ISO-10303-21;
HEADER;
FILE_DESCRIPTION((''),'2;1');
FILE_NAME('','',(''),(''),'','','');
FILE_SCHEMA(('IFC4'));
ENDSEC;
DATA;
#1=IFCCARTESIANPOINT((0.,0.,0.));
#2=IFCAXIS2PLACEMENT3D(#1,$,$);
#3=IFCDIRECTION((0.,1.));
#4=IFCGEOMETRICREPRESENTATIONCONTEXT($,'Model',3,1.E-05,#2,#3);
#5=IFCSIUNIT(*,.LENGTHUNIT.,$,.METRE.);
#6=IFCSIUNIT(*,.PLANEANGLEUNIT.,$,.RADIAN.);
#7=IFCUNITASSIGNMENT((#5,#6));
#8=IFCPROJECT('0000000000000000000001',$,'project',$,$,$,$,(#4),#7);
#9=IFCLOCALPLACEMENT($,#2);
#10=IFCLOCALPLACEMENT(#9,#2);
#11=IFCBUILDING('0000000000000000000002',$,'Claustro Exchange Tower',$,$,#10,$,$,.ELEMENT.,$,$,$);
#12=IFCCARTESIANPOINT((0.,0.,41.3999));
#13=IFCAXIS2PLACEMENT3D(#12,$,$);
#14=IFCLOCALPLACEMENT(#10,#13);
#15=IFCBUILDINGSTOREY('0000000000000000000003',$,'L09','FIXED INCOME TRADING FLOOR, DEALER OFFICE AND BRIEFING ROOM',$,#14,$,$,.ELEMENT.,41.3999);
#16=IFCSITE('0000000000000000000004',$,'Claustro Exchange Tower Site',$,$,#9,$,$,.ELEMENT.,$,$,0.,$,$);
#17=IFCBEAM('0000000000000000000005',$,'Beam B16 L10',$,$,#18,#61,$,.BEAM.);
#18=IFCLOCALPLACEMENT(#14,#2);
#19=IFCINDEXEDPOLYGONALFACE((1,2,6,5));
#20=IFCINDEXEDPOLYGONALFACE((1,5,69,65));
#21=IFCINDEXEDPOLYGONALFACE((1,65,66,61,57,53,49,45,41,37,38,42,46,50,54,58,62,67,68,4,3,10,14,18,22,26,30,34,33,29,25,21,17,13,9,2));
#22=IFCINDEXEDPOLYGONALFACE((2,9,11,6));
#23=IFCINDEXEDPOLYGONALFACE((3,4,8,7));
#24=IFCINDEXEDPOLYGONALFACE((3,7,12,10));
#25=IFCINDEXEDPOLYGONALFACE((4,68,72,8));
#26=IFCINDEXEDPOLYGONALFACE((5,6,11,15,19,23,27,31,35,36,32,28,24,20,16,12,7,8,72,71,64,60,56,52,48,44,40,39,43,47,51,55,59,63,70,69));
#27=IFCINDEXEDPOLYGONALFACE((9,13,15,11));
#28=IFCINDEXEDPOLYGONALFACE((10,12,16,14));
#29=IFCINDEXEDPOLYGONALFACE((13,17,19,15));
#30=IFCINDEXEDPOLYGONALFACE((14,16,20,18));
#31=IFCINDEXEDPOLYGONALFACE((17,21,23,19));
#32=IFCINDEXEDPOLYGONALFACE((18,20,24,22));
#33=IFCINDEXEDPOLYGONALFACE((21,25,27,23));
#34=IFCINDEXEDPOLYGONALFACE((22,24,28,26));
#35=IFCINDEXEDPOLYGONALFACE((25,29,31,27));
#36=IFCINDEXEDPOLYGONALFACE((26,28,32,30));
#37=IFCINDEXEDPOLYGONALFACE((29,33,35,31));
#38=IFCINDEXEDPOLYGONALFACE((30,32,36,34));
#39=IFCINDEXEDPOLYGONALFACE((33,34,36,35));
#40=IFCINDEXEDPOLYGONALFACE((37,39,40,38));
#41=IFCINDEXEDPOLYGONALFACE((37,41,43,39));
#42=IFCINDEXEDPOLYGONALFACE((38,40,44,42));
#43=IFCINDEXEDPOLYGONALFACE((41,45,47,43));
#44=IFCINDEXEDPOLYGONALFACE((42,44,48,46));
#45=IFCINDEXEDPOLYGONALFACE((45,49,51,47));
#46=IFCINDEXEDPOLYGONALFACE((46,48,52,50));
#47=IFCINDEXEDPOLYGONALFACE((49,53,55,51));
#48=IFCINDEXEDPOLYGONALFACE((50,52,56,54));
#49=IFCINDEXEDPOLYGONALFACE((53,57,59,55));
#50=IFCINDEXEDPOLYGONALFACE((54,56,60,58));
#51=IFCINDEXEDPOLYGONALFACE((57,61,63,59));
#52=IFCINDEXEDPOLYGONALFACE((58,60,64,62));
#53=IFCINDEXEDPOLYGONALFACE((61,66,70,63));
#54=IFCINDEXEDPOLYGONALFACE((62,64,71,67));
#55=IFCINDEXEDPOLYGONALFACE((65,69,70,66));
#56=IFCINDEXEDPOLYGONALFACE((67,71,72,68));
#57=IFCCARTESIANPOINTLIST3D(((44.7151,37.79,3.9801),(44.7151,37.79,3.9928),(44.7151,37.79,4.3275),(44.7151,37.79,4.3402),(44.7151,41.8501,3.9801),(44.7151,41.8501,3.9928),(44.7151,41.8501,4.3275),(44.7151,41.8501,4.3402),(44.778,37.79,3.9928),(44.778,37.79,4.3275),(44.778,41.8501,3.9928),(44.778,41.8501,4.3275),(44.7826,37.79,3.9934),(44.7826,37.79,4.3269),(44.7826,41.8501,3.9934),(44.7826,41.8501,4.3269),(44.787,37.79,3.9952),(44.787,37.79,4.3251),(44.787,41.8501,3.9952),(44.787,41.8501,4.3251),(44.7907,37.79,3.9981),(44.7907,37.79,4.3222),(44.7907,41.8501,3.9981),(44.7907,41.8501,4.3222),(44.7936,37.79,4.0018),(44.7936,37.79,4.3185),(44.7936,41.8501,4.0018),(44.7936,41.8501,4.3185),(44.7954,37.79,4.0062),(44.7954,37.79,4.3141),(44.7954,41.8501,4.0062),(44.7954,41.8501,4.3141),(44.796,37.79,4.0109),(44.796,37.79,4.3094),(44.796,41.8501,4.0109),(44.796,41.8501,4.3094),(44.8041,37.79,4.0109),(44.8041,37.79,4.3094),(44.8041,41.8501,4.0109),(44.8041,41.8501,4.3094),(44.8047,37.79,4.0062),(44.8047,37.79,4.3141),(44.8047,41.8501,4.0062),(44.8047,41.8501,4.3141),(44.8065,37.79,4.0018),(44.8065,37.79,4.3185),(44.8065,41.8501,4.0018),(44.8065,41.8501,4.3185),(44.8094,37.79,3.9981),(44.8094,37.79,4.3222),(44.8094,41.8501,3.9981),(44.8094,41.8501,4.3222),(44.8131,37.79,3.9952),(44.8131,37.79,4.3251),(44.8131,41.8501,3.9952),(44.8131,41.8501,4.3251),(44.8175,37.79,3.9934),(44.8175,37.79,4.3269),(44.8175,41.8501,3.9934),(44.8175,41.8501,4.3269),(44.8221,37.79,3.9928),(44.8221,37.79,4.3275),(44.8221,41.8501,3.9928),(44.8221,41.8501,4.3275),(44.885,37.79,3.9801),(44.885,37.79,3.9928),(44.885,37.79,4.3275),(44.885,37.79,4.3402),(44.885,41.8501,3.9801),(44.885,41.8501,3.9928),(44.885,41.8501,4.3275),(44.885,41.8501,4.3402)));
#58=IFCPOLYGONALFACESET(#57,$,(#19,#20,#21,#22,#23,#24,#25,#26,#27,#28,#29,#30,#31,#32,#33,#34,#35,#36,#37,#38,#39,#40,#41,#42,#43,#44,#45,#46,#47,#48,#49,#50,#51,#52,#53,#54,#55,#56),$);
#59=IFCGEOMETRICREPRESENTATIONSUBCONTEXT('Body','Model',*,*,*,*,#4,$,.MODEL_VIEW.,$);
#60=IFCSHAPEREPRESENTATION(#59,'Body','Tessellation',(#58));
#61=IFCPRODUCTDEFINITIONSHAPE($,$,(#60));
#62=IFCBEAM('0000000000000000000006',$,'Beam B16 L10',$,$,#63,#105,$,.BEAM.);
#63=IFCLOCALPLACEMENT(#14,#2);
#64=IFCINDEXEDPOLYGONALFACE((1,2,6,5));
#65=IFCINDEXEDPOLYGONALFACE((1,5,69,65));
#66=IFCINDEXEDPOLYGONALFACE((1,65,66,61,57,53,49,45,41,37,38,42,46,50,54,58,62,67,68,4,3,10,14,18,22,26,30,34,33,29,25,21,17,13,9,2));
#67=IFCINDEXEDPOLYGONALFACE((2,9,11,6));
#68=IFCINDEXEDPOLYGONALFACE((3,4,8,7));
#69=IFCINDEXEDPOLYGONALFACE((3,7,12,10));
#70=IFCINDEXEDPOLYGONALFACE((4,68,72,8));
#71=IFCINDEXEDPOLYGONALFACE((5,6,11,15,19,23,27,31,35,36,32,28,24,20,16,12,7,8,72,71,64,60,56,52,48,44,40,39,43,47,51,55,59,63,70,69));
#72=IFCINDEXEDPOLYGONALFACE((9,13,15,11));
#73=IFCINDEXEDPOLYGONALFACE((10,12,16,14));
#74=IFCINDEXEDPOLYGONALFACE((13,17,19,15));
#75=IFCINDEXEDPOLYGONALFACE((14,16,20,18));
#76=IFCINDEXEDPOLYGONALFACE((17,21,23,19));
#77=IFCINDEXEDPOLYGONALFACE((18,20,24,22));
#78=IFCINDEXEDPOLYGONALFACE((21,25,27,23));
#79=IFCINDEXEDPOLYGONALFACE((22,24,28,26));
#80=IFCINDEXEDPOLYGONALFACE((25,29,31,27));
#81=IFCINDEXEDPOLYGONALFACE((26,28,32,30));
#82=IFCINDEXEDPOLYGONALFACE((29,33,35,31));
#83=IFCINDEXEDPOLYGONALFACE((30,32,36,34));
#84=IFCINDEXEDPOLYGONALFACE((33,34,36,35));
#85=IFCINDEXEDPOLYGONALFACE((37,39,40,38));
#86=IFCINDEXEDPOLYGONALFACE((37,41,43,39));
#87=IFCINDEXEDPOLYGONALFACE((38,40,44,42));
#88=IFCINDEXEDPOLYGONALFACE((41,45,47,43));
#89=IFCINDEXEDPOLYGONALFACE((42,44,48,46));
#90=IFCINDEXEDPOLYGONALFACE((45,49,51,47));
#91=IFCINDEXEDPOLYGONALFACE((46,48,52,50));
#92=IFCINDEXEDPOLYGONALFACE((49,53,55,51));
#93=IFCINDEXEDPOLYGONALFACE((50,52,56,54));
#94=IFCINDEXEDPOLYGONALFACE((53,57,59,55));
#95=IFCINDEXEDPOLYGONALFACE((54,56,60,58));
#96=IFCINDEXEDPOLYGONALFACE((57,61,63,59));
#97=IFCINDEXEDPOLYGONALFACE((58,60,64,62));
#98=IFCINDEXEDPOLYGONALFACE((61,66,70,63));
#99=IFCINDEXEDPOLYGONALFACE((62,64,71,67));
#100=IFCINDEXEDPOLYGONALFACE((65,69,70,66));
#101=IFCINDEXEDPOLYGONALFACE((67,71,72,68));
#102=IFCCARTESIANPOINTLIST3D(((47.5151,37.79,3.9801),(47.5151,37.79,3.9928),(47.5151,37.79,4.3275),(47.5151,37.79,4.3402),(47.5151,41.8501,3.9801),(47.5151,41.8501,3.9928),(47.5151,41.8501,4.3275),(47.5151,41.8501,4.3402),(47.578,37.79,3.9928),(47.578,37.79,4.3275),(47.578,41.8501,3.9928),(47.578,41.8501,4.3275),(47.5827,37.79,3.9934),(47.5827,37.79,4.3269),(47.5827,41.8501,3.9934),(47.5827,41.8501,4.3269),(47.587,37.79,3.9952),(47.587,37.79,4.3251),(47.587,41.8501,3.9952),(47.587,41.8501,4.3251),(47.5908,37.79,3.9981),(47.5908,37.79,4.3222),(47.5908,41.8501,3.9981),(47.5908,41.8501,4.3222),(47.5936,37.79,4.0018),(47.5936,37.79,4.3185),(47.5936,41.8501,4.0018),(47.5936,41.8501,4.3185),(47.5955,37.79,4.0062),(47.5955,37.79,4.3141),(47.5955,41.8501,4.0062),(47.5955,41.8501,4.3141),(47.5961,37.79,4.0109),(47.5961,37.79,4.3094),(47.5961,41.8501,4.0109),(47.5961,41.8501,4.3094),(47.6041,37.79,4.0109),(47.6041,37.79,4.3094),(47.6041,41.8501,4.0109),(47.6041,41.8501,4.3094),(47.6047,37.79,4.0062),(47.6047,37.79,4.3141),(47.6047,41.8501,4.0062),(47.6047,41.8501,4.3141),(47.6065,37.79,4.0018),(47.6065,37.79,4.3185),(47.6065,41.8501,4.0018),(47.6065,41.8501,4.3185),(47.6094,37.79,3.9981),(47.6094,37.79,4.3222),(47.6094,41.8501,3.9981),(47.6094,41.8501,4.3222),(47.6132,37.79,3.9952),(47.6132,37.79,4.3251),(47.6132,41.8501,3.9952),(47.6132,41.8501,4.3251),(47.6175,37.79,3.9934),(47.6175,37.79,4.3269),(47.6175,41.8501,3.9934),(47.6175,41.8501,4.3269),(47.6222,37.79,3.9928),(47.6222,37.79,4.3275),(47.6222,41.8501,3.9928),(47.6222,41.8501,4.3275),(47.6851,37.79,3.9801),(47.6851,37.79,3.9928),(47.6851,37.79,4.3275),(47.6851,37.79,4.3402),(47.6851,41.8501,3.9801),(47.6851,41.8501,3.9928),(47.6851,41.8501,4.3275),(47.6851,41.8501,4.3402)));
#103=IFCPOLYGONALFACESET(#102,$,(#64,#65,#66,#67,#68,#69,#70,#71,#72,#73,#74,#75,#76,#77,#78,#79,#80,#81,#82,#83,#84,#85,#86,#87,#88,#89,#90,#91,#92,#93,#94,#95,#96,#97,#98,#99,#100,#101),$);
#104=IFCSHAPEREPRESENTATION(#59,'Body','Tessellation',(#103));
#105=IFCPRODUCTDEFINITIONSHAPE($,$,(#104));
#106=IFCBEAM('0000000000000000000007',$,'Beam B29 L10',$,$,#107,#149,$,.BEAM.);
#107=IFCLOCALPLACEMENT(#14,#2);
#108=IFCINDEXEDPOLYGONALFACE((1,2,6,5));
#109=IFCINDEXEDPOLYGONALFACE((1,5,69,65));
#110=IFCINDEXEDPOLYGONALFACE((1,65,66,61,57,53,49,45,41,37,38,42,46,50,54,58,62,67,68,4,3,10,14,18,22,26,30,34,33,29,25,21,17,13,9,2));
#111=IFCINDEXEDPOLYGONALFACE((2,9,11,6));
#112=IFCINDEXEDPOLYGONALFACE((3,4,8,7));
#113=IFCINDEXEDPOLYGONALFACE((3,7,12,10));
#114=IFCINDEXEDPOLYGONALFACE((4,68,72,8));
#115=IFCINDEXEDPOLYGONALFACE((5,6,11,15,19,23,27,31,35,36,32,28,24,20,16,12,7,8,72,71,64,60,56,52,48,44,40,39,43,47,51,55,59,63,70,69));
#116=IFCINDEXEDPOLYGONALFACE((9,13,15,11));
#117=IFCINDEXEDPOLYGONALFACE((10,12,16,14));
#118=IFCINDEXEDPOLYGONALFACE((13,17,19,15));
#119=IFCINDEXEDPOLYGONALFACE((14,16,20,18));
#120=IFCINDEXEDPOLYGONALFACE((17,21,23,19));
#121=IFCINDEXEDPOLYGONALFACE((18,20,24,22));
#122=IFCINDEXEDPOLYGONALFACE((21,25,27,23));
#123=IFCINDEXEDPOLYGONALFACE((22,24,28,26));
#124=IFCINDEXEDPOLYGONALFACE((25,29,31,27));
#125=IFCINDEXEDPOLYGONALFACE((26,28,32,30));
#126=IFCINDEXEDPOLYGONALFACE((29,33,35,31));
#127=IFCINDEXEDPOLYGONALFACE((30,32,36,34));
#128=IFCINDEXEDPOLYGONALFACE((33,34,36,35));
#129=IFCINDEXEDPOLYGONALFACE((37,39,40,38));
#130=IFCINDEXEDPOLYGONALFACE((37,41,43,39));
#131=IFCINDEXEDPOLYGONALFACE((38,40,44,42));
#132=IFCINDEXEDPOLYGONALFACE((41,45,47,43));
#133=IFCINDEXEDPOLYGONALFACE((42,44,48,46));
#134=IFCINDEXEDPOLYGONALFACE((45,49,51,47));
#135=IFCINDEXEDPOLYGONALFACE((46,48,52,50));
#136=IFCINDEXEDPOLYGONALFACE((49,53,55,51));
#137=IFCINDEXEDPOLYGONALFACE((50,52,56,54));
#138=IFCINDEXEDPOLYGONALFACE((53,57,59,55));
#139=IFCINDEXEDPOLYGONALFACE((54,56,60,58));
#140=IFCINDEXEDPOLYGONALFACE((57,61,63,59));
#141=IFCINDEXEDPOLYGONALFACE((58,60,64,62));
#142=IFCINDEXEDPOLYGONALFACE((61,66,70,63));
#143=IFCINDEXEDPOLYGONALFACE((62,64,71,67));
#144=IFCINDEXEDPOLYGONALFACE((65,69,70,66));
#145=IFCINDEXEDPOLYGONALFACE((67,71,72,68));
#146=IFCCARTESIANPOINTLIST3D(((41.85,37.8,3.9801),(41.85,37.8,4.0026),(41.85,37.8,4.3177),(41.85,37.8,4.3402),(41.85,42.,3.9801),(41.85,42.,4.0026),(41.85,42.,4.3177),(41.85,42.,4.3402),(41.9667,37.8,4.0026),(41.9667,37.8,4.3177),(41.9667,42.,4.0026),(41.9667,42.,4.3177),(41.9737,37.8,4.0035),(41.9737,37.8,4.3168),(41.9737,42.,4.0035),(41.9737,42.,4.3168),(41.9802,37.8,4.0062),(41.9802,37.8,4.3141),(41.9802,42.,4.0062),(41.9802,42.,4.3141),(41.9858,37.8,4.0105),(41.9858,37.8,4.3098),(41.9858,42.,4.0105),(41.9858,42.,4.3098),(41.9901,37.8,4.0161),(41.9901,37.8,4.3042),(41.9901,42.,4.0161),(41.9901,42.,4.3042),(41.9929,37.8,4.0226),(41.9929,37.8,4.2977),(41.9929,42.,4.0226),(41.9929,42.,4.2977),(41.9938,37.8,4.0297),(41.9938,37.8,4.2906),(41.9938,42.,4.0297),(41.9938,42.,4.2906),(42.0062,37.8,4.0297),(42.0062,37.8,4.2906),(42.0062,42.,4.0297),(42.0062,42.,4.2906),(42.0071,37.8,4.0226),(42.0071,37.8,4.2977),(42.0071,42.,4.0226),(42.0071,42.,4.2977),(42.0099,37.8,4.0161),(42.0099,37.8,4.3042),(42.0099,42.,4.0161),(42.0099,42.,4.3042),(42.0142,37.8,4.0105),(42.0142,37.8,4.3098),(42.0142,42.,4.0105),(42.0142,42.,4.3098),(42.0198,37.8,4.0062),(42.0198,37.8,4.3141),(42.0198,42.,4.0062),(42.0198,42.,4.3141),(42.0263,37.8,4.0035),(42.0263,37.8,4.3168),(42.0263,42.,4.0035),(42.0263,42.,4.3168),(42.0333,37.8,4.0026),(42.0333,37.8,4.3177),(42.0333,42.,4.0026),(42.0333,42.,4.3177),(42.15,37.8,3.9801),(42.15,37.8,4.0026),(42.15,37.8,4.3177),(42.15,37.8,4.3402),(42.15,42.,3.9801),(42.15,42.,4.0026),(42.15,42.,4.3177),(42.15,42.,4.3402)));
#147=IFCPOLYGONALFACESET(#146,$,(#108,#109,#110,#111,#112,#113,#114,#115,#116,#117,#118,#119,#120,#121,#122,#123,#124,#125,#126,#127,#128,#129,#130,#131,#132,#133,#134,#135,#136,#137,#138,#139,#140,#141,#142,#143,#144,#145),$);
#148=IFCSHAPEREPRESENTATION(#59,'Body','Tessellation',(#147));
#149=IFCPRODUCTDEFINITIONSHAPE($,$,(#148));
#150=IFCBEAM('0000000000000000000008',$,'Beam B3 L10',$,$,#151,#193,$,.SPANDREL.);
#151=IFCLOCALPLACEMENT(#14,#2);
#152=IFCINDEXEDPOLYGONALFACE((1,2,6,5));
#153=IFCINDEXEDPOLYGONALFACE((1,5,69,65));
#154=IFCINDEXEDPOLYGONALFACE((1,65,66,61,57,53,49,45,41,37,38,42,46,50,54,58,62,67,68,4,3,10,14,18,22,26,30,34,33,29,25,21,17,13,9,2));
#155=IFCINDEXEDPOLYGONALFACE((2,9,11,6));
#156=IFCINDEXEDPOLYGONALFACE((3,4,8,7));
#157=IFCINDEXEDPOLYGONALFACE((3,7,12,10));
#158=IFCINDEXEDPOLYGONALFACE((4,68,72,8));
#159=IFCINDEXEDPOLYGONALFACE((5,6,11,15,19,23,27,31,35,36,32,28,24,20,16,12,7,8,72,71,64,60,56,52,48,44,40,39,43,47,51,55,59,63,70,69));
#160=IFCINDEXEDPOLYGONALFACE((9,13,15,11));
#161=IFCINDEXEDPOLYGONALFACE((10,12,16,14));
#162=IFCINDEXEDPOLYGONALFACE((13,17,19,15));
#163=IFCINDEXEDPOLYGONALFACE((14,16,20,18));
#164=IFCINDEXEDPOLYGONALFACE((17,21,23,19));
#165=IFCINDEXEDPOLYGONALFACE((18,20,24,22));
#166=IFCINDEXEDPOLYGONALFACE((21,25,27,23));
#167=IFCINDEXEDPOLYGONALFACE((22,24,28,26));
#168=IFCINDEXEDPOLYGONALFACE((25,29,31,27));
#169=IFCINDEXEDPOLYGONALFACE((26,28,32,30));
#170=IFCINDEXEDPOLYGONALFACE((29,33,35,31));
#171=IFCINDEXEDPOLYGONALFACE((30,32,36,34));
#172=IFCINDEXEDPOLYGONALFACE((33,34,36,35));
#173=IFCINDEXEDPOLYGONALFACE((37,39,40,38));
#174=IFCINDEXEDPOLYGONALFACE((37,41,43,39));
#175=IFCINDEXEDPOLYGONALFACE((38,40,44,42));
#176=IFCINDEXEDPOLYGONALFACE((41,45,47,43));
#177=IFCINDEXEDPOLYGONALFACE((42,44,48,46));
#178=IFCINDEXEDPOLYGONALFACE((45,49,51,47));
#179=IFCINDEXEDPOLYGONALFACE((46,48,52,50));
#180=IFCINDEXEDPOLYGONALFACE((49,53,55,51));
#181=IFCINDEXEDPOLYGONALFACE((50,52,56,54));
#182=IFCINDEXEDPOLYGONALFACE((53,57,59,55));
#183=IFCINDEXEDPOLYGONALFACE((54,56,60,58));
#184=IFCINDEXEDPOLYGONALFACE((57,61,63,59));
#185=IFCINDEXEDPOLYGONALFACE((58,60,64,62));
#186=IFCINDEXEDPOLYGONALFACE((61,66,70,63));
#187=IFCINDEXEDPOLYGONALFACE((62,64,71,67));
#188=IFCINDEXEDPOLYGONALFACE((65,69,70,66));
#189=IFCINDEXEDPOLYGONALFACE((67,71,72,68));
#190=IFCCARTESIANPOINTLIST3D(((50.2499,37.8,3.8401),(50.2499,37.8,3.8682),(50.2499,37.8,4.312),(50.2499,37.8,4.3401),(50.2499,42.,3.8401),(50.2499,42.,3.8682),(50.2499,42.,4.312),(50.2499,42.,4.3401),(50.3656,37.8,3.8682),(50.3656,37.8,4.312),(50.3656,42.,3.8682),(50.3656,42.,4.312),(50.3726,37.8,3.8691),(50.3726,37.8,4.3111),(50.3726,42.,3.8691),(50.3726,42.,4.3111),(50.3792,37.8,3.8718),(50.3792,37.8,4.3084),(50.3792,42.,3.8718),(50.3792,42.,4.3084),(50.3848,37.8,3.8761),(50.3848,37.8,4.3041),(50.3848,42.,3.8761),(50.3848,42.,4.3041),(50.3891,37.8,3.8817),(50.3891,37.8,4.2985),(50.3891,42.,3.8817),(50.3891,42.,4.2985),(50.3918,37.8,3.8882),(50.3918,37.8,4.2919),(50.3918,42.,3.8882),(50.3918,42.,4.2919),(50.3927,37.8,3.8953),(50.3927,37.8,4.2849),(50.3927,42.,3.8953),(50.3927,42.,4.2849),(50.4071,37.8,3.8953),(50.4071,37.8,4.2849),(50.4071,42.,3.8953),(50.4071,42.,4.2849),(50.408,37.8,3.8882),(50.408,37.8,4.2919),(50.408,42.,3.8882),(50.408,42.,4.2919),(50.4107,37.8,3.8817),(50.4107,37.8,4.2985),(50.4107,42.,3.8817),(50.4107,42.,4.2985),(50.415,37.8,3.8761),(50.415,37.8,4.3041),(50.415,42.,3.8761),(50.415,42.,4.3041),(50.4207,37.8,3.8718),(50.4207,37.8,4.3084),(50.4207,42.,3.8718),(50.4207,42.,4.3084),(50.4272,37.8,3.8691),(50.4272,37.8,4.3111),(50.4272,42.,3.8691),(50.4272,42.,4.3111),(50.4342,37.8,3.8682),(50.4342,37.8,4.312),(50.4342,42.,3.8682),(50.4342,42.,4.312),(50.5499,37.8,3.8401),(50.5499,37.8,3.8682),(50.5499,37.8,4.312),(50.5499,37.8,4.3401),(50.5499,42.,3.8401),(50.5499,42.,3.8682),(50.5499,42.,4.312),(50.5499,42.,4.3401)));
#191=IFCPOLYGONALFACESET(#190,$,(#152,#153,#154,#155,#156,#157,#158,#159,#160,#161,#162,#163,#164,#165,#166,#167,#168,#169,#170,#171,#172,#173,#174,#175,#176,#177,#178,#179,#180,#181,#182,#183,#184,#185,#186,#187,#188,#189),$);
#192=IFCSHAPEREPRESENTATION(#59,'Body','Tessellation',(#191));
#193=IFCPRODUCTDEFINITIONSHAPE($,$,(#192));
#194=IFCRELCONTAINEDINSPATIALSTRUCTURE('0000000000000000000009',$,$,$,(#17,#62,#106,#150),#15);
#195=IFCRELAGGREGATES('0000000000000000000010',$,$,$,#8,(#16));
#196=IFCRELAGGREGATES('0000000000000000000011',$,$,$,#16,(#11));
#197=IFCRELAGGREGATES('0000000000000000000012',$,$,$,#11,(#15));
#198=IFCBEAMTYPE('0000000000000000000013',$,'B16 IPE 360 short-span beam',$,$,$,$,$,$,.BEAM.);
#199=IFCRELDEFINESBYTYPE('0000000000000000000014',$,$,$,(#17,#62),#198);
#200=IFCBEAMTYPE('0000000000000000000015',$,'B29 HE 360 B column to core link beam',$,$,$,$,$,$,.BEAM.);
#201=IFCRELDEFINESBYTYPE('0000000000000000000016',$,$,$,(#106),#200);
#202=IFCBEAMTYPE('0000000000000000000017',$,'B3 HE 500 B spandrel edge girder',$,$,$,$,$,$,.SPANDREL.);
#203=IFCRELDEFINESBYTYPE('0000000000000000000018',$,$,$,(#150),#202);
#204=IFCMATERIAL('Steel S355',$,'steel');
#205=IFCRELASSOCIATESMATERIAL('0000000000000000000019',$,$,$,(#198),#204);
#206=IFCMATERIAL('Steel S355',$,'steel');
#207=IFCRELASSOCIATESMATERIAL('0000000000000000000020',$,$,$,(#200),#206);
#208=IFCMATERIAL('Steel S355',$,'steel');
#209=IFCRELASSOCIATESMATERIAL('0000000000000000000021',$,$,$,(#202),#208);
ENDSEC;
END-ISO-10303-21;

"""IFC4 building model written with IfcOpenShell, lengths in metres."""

from ifc_helpers import new_model, si_unit, direction, frame, origin, origin_2d, place, context, subcontext, project, spatial, i_section, extrude, material, material_profile, profile_set, type_object, element, save


model = new_model("IFC4")

# Units and contexts
model_context = context("Model", 3, precision=1e-05, world=origin(), true_north=direction((0.0, 1.0)))
body_context = subcontext(model_context, "Body", "Model", "MODEL_VIEW")
ifc_project = project(units=[si_unit("LENGTHUNIT", "METRE"), si_unit("PLANEANGLEUNIT", "RADIAN")], contexts=[model_context])

# Site, building, storey
site_placement = place(None, origin())
site = spatial("IfcSite", under=ifc_project, at=site_placement, Name="Claustro Exchange Tower Site", CompositionType="ELEMENT", RefElevation=0.0)
building_placement = place(site_placement, origin())
building = spatial("IfcBuilding", under=site, at=building_placement, Name="Claustro Exchange Tower", CompositionType="ELEMENT")
storey_placement = place(building_placement, frame((0.0, 0.0, 41.3999)))
storey = spatial("IfcBuildingStorey", under=building, at=storey_placement, Name="L09", Description="FIXED INCOME TRADING FLOOR, DEALER OFFICE AND BRIEFING ROOM", CompositionType="ELEMENT", Elevation=41.3999)

# Beams
ifc_material_1 = material(Name="Steel S355", Category="steel")
ifc_material_profile_1 = material_profile(ifc_material_1, i_section(OverallWidth=0.1699, OverallDepth=0.3601, WebThickness=0.0081, FlangeThickness=0.0127, FilletRadius=0.0181, at=origin_2d()), Name="IPE 360")
ifc_profile_set_1 = profile_set([ifc_material_profile_1], Name="Steel S355")
beam_type_1 = type_object("IfcBeamType", Name="B16 IPE 360 short-span beam", PredefinedType="BEAM", material=ifc_profile_set_1)
for number, where, z_axis, x_axis, name in (
    (1, (44.8, 37.79, 4.1602), (0.0, 1.0, 0.0), (-1.0, 0.0, 0.0), "Beam B16 L10"),
    (2, (47.6001, 37.79, 4.1602), (0.0, 1.0, 0.0), (-1.0, 0.0, 0.0), "Beam B16 L10"),
):
    element("IfcBeam", number, at=place(storey_placement, frame(where, z_axis=z_axis, x_axis=x_axis)), inside=storey, type_object=beam_type_1, Name=name, PredefinedType="BEAM", context=body_context, shape_type="SweptSolid", body=[
        extrude(i_section(OverallWidth=0.1699, OverallDepth=0.3601, WebThickness=0.0081, FlangeThickness=0.0127, FilletRadius=0.0181, at=origin_2d()), origin(), (0.0, 0.0, 1.0), 4.0601),
    ])
ifc_material_2 = material(Name="Steel S355", Category="steel")
ifc_material_profile_2 = material_profile(ifc_material_2, i_section(OverallWidth=0.3, OverallDepth=0.3601, WebThickness=0.0125, FlangeThickness=0.0225, FilletRadius=0.0271, at=origin_2d()), Name="HE 360 B")
ifc_profile_set_2 = profile_set([ifc_material_profile_2], Name="Steel S355")
beam_type_2 = type_object("IfcBeamType", Name="B29 HE 360 B column to core link beam", PredefinedType="BEAM", material=ifc_profile_set_2)
beam_1_placement = place(storey_placement, frame((42.0, 37.8, 4.1602), z_axis=(0.0, 1.0, 0.0), x_axis=(-1.0, 0.0, 0.0)))
element("IfcBeam", 3, at=beam_1_placement, inside=storey, type_object=beam_type_2, Name="Beam B29 L10", PredefinedType="BEAM", context=body_context, shape_type="SweptSolid", body=[
    extrude(i_section(OverallWidth=0.3, OverallDepth=0.3601, WebThickness=0.0125, FlangeThickness=0.0225, FilletRadius=0.0271, at=origin_2d()), origin(), (0.0, 0.0, 1.0), 4.2),
])
ifc_material_3 = material(Name="Steel S355", Category="steel")
ifc_material_profile_3 = material_profile(ifc_material_3, i_section(OverallWidth=0.3, OverallDepth=0.5, WebThickness=0.0144, FlangeThickness=0.0281, FilletRadius=0.0271, at=origin_2d()), Name="HE 500 B")
ifc_profile_set_3 = profile_set([ifc_material_profile_3], Name="Steel S355")
beam_type_3 = type_object("IfcBeamType", Name="B3 HE 500 B spandrel edge girder", PredefinedType="SPANDREL", material=ifc_profile_set_3)
beam_2_placement = place(storey_placement, frame((50.3999, 37.8, 4.0901), z_axis=(0.0, 1.0, 0.0), x_axis=(-1.0, 0.0, 0.0)))
element("IfcBeam", 4, at=beam_2_placement, inside=storey, type_object=beam_type_3, Name="Beam B3 L10", PredefinedType="SPANDREL", context=body_context, shape_type="SweptSolid", body=[
    extrude(i_section(OverallWidth=0.3, OverallDepth=0.5, WebThickness=0.0144, FlangeThickness=0.0281, FilletRadius=0.0271, at=origin_2d()), origin(), (0.0, 0.0, 1.0), 4.2),
])

save(model, "model.ifc")
